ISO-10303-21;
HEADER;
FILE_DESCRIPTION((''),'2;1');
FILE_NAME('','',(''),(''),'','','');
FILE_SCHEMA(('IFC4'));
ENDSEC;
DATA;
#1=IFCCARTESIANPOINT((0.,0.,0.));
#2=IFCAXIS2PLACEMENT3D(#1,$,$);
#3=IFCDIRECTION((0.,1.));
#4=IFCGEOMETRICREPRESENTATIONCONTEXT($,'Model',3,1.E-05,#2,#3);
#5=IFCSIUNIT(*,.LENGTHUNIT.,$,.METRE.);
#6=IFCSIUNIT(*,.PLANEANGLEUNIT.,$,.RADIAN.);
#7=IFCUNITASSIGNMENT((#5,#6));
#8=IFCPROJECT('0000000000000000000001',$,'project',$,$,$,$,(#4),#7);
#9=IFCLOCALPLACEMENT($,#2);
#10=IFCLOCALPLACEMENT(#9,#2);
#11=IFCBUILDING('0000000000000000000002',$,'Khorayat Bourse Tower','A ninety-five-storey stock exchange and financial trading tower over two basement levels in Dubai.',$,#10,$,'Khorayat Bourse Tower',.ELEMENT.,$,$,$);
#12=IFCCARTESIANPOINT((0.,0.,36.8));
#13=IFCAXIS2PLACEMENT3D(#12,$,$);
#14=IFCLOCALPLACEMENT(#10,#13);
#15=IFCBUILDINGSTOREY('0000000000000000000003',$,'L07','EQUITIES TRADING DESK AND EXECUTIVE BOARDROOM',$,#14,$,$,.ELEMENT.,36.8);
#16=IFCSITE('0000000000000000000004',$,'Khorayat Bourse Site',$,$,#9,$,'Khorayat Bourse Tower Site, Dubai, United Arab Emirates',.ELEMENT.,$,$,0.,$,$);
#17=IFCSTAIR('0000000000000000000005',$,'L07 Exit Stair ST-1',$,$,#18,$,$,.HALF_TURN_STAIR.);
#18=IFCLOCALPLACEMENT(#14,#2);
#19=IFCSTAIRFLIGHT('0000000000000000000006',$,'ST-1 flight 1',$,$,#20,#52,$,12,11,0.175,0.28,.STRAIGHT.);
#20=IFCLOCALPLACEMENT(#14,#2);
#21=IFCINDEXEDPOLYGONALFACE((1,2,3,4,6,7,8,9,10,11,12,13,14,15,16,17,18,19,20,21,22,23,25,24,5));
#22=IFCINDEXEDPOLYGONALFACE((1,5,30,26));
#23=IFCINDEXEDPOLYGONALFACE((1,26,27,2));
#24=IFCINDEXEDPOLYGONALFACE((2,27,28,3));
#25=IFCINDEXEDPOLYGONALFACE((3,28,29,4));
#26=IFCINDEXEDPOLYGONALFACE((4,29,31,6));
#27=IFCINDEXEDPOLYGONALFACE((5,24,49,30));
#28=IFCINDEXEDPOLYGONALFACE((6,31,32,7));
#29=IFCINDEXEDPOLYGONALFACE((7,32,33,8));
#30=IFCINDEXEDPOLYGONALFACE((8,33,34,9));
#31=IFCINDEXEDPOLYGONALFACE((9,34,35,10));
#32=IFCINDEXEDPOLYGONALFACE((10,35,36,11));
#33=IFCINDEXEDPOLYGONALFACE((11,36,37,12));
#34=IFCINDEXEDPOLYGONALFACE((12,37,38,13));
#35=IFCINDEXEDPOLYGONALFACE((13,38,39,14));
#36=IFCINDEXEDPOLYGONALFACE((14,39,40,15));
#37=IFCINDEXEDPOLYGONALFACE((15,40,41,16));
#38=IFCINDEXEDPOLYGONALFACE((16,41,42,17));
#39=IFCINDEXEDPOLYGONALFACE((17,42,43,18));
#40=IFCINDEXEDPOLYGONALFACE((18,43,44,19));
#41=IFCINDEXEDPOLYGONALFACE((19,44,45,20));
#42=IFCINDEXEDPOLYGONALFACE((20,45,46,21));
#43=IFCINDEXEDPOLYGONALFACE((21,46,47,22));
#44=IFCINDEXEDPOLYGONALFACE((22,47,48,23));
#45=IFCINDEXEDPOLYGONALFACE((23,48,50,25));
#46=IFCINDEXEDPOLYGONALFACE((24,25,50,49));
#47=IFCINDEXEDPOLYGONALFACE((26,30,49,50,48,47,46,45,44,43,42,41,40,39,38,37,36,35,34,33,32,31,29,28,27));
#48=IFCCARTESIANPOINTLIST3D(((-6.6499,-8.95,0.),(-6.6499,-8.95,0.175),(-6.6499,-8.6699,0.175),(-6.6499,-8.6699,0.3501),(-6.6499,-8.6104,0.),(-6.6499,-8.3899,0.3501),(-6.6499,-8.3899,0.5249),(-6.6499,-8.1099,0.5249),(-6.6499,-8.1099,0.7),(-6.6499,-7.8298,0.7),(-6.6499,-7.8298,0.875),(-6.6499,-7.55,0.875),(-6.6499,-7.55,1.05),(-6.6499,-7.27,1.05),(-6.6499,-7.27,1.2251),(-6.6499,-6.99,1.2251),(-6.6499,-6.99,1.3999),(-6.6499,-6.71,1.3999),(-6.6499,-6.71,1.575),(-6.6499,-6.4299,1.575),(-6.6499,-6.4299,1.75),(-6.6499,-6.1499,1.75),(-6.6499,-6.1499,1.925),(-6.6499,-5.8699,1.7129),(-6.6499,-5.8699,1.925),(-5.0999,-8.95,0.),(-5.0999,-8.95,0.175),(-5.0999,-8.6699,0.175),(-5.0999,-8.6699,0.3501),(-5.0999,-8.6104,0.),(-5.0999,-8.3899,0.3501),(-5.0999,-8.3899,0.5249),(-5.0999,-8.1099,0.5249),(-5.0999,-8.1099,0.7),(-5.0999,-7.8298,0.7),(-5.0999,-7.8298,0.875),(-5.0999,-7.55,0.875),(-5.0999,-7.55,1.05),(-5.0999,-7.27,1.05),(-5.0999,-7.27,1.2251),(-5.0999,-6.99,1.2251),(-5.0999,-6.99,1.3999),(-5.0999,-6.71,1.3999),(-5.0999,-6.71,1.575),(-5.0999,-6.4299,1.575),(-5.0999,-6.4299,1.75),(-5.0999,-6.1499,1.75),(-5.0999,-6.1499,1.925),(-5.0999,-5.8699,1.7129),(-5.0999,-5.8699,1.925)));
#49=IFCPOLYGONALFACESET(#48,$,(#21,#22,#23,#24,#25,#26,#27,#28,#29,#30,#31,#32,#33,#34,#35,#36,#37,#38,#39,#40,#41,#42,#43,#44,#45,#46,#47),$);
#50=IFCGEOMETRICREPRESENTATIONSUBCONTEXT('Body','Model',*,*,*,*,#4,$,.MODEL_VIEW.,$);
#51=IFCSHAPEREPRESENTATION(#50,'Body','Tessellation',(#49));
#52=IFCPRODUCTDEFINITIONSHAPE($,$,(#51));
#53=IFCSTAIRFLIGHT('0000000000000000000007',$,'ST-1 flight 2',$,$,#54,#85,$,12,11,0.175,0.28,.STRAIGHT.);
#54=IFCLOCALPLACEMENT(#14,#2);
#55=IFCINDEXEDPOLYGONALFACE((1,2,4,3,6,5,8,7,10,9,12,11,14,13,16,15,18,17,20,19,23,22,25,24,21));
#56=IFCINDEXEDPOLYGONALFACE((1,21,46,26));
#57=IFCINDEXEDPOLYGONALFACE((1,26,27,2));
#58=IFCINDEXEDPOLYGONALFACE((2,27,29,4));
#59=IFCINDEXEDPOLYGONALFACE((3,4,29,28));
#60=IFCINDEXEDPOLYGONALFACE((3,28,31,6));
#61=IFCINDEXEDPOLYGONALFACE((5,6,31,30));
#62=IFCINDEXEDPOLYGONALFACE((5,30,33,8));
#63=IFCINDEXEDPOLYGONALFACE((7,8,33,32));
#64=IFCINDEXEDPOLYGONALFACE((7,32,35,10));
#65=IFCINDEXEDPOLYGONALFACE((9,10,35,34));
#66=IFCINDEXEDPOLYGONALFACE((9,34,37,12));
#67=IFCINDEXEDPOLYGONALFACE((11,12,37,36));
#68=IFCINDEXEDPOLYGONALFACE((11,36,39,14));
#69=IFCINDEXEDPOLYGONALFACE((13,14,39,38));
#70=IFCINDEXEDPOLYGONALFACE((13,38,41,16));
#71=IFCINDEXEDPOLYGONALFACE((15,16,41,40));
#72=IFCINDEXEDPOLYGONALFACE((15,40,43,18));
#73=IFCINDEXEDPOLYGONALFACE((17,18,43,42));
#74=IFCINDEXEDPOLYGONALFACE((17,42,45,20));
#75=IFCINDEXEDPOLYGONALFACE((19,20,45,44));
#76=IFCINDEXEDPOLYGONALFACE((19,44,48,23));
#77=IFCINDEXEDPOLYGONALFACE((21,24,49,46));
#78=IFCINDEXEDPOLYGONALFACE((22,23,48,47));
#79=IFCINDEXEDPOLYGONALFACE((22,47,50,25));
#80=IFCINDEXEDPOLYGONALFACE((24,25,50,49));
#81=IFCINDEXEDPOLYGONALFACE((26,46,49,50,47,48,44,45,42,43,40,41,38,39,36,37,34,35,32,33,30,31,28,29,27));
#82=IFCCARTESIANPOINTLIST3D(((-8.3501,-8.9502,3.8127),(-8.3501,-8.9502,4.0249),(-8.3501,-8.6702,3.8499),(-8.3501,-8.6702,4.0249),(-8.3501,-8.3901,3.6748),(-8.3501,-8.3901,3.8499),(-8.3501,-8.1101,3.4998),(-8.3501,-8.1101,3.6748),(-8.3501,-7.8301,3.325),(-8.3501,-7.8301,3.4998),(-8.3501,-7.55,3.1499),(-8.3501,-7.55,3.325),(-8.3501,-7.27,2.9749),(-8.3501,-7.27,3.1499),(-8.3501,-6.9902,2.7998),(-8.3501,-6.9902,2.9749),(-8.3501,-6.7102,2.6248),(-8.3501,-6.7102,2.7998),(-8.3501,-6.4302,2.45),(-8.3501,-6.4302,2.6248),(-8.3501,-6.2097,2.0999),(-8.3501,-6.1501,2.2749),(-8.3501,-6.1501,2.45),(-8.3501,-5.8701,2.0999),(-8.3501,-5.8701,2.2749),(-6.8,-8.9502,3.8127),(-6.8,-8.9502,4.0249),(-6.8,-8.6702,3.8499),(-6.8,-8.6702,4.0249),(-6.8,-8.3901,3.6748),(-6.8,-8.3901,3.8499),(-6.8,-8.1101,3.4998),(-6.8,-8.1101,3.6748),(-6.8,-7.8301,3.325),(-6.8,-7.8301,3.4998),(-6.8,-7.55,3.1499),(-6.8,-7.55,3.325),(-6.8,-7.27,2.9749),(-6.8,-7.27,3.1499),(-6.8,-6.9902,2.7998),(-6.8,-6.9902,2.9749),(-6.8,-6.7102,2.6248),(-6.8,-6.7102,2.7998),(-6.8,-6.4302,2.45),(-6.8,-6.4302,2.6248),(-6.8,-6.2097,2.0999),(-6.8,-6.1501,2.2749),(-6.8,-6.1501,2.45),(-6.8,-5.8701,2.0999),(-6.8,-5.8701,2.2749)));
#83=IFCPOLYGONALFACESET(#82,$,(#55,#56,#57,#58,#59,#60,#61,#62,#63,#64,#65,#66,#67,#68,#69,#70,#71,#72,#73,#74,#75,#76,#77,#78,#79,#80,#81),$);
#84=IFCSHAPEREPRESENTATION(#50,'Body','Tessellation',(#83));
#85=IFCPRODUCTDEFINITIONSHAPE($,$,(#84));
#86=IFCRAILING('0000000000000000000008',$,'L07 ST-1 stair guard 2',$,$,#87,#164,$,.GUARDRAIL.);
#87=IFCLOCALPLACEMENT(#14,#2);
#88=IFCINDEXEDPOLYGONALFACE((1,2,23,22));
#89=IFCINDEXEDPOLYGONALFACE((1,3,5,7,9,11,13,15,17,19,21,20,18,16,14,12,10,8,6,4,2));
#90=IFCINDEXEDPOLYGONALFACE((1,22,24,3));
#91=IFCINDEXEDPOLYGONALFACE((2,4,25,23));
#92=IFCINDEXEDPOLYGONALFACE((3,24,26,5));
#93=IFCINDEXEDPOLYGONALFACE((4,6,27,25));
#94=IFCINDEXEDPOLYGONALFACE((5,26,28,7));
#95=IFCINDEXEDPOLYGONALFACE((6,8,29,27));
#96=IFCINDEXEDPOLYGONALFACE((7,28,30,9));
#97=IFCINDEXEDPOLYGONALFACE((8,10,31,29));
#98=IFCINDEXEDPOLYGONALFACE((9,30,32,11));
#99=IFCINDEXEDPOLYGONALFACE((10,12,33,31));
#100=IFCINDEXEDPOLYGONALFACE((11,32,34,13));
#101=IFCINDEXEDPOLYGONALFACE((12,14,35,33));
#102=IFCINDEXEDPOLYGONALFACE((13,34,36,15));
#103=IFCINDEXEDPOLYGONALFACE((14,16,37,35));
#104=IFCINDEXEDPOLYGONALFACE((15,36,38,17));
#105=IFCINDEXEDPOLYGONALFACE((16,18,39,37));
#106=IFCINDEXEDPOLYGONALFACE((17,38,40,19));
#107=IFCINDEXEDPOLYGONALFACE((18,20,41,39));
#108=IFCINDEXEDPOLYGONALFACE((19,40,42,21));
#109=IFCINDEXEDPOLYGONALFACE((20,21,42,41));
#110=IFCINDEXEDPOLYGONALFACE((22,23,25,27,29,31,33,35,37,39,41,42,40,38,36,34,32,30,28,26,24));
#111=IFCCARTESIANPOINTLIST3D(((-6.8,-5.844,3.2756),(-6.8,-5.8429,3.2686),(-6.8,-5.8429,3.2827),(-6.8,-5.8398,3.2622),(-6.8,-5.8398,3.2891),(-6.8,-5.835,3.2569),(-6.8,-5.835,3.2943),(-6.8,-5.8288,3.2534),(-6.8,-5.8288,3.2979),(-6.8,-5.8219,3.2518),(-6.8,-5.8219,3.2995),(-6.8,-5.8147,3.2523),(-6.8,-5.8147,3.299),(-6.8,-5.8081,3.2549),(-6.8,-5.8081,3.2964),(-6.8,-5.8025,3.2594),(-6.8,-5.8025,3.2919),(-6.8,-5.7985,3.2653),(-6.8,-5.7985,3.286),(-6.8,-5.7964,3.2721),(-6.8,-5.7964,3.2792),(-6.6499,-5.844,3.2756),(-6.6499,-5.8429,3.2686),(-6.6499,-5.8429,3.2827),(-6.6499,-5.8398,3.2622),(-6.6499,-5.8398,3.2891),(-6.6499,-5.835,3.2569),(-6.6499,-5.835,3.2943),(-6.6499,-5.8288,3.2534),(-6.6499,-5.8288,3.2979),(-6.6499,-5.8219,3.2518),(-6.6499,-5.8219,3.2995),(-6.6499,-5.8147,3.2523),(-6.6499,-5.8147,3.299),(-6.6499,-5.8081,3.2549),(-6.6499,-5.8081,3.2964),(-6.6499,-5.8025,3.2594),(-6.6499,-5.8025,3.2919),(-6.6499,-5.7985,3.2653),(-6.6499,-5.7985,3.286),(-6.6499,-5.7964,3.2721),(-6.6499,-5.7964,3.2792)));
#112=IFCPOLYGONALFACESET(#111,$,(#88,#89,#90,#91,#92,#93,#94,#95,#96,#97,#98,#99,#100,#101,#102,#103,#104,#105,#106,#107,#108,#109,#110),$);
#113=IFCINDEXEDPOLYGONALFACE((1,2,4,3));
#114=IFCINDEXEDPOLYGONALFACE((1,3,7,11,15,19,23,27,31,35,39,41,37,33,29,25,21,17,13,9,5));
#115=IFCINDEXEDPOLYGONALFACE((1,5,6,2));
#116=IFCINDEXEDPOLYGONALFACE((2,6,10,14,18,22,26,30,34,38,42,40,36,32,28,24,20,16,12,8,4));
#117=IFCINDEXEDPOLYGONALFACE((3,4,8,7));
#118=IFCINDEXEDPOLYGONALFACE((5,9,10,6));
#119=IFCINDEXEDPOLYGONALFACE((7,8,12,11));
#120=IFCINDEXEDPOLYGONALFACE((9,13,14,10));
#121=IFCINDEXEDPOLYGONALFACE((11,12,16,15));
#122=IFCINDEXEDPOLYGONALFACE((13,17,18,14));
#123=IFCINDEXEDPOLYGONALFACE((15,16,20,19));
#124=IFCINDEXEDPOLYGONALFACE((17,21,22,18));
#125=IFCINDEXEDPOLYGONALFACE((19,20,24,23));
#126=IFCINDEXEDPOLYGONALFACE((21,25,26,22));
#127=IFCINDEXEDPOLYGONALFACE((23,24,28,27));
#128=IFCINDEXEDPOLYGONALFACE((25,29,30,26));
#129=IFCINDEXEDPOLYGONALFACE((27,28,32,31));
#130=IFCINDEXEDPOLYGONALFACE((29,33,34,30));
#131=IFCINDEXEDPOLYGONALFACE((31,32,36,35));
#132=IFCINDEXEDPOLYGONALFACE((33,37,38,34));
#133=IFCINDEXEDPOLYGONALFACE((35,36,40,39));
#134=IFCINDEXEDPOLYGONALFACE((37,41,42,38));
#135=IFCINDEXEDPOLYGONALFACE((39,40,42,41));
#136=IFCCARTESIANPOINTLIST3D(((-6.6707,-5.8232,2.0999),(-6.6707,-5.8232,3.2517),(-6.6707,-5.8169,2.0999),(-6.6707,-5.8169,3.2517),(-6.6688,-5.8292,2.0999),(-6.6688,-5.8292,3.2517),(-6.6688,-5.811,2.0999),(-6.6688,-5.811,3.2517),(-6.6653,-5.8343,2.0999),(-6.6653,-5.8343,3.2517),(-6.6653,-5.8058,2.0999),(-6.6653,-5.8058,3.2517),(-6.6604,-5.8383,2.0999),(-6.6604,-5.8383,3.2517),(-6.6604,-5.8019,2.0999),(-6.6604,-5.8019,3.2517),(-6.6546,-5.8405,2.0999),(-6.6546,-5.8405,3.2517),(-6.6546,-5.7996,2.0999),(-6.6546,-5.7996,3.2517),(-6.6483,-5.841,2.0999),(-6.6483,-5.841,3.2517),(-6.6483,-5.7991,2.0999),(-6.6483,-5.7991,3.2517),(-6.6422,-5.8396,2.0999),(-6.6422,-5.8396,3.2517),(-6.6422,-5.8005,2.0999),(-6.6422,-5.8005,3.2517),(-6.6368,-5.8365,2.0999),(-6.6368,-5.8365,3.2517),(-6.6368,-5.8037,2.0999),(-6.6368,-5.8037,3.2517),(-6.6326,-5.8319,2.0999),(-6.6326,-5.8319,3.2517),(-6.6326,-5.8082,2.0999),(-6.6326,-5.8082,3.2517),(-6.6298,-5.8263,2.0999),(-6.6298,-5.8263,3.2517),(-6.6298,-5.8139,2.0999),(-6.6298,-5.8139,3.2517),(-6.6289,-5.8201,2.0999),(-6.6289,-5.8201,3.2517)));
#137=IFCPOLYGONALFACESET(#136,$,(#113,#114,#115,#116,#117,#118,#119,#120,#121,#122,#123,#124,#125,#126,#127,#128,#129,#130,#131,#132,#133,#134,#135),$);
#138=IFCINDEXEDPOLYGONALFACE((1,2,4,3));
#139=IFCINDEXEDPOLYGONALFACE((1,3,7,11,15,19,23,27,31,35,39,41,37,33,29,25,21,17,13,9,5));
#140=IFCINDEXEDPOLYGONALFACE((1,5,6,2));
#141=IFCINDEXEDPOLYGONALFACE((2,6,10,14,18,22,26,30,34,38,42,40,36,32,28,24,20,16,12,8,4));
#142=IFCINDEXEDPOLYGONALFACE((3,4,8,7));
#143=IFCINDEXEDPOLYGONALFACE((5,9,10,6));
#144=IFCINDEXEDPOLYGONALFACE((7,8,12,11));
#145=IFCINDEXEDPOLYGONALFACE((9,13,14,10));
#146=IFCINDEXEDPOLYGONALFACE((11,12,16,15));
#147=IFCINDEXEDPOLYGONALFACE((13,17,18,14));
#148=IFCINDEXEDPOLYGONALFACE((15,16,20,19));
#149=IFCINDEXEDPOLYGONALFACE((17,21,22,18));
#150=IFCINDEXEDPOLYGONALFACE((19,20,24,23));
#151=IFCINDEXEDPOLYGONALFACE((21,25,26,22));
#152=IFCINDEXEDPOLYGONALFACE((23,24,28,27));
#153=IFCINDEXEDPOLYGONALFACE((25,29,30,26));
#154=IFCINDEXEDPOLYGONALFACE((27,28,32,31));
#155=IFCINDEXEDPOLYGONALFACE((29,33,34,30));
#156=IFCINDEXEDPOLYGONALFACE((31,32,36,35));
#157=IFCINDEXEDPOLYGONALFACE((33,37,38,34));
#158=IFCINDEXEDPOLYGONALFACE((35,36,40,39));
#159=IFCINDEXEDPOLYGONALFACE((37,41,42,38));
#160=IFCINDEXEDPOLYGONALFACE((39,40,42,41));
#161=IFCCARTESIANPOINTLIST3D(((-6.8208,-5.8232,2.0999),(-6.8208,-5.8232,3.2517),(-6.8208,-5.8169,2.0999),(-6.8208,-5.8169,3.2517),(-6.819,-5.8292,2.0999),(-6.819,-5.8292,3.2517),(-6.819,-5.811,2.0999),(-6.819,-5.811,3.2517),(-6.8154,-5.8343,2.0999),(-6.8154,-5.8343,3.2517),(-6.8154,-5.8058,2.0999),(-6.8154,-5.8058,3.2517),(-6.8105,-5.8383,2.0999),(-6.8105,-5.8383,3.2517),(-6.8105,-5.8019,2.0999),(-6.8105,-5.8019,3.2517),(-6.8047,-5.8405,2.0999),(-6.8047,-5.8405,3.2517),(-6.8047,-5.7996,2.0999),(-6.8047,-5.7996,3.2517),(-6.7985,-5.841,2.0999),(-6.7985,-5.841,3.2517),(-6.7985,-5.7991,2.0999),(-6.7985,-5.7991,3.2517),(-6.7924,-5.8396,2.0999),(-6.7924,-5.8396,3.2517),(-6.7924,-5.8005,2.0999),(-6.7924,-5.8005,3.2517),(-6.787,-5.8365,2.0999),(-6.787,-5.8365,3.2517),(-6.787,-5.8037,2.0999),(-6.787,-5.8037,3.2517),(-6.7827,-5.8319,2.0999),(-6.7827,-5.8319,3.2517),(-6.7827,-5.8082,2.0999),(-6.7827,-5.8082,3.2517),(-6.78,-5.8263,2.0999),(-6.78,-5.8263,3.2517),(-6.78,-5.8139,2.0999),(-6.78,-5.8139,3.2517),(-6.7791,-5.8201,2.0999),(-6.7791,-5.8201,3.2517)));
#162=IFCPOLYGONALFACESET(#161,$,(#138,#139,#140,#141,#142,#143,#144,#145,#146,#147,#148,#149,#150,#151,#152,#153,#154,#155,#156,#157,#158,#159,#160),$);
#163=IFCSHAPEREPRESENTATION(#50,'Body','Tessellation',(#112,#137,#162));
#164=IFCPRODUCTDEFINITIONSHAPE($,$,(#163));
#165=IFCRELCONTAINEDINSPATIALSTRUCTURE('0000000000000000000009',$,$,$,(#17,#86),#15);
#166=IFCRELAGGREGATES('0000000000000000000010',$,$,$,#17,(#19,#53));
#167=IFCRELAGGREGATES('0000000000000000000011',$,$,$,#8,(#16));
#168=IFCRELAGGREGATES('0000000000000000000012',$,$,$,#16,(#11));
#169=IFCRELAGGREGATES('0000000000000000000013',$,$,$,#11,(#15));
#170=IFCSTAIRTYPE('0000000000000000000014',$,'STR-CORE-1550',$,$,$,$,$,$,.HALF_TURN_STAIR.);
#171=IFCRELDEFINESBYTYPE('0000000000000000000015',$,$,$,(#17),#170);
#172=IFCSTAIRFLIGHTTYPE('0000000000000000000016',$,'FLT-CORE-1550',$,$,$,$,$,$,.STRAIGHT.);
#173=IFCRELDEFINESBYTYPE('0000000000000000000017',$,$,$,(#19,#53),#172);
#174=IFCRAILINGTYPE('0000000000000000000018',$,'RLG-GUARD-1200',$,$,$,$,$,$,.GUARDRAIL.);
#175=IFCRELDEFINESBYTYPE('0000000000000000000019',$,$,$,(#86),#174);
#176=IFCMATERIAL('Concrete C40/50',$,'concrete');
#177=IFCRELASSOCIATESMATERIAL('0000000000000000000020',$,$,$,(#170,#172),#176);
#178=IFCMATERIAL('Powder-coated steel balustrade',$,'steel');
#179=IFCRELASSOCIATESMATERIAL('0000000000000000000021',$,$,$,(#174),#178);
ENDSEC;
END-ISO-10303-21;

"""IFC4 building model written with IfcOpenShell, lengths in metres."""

from ifc_helpers import new_model, si_unit, direction, frame, origin, origin_2d, place, context, subcontext, project, spatial, polyline, circle, outline, extrude, source, transform, mapped, material, type_object, element, aggregate, save


model = new_model("IFC4")

# Units and contexts
model_context = context("Model", 3, precision=1e-05, world=origin(), true_north=direction((0.0, 1.0)))
body_context = subcontext(model_context, "Body", "Model", "MODEL_VIEW")
ifc_project = project(units=[si_unit("LENGTHUNIT", "METRE"), si_unit("PLANEANGLEUNIT", "RADIAN")], contexts=[model_context])

# Site, building, storey
site_placement = place(None, origin())
site = spatial("IfcSite", under=ifc_project, at=site_placement, Name="Khorayat Bourse Site", LongName="Khorayat Bourse Tower Site, Dubai, United Arab Emirates", CompositionType="ELEMENT", RefElevation=0.0)
building_placement = place(site_placement, origin())
building = spatial("IfcBuilding", under=site, at=building_placement, Name="Khorayat Bourse Tower", Description="A ninety-five-storey stock exchange and financial trading tower over two basement levels in Dubai.", LongName="Khorayat Bourse Tower", CompositionType="ELEMENT")
storey_placement = place(building_placement, frame((0.0, 0.0, 36.8)))
storey = spatial("IfcBuildingStorey", under=building, at=storey_placement, Name="L07", Description="EQUITIES TRADING DESK AND EXECUTIVE BOARDROOM", CompositionType="ELEMENT", Elevation=36.8)

# Stair, stair flights
ifc_material_1 = material(Name="Concrete C40/50", Category="concrete")
stair_type = type_object("IfcStairType", Name="STR-CORE-1550", PredefinedType="HALF_TURN_STAIR", material=ifc_material_1)
stair_placement = place(storey_placement, origin())
stair = element("IfcStair", 1, at=stair_placement, inside=storey, type_object=stair_type, Name="L07 Exit Stair ST-1", PredefinedType="HALF_TURN_STAIR")
stair_flight_type = type_object("IfcStairFlightType", Name="FLT-CORE-1550", PredefinedType="STRAIGHT", material=ifc_material_1)
shared_shape_1 = source(origin(), body_context, "Body", "SweptSolid", [
    extrude(outline(polyline([(0.0, 0.0), (0.0, 0.175), (0.28, 0.175), (0.28, 0.3501), (0.5601, 0.3501), (0.5601, 0.5249), (0.8401, 0.5249), (0.8401, 0.7), (1.1201, 0.7), (1.1201, 0.875), (1.3999, 0.875), (1.3999, 1.05), (1.6799, 1.05), (1.6799, 1.2251), (1.96, 1.2251), (1.96, 1.3999), (2.24, 1.3999), (2.24, 1.575), (2.52, 1.575), (2.52, 1.75), (2.8, 1.75), (2.8, 1.925), (3.0801, 1.925), (3.0801, 2.1001), (3.0801, 1.7129), (0.3396, 0.0), (0.0, 0.0)])), frame((0.0, 0.7749, 0.0), z_axis=(0.0, -1.0, 0.0), x_axis=(1.0, 0.0, 0.0)), (0.0, 0.0, 1.0), 1.55),
])
stair_flight_1_placement = place(storey_placement, frame((-5.875, -8.95, 0.0), z_axis=(0.0, 0.0, 1.0), x_axis=(0.0, 1.0, 0.0)))
stair_flight_1 = element("IfcStairFlight", 2, at=stair_flight_1_placement, type_object=stair_flight_type, Name="ST-1 flight 1", NumberOfRisers=12, NumberOfTreads=11, PredefinedType="STRAIGHT", RiserHeight=0.175, TreadLength=0.28, context=body_context, shape_type="MappedRepresentation", body=[
    mapped(shared_shape_1, transform((0.0, 0.0, 0.0), scale=1.0)),
])
stair_flight_2_placement = place(storey_placement, frame((-7.575, -5.8701, 2.0999), z_axis=(0.0, 0.0, 1.0), x_axis=(0.0, -1.0, 0.0)))
stair_flight_2 = element("IfcStairFlight", 3, at=stair_flight_2_placement, type_object=stair_flight_type, Name="ST-1 flight 2", NumberOfRisers=12, NumberOfTreads=11, PredefinedType="STRAIGHT", RiserHeight=0.175, TreadLength=0.28, context=body_context, shape_type="MappedRepresentation", body=[
    mapped(shared_shape_1, transform((0.0, 0.0, 0.0), scale=1.0)),
])
aggregate(stair, [stair_flight_1, stair_flight_2])

# Railing
ifc_material_2 = material(Name="Powder-coated steel balustrade", Category="steel")
railing_type_1 = type_object("IfcRailingType", Name="RLG-GUARD-1200", PredefinedType="GUARDRAIL", material=ifc_material_2)
shared_shape_2 = source(origin(), body_context, "Body", "SweptSolid", [
    extrude(circle(Radius=0.0239, at=origin_2d()), frame((0.0, 0.0, 1.1758), z_axis=(-1.0, 0.0, 0.0), x_axis=(0.0, -1.0, 0.0)), (0.0, 0.0, 1.0), 0.1501),
    extrude(circle(Radius=0.021, at=origin_2d()), origin(), (0.0, 0.0, 1.0), 1.1519),
    extrude(circle(Radius=0.021, at=origin_2d()), frame((-0.1501, 0.0, 0.0)), (0.0, 0.0, 1.0), 1.1519),
])
for number, where, name in (
    (4, (-6.6499, -5.8201, 2.0999), "L07 ST-1 stair guard 2"),
):
    element("IfcRailing", number, at=place(storey_placement, frame(where)), inside=storey, type_object=railing_type_1, Name=name, PredefinedType="GUARDRAIL", context=body_context, shape_type="MappedRepresentation", body=[
        mapped(shared_shape_2, transform((0.0, 0.0, 0.0), scale=1.0)),
    ])

save(model, "model.ifc")
